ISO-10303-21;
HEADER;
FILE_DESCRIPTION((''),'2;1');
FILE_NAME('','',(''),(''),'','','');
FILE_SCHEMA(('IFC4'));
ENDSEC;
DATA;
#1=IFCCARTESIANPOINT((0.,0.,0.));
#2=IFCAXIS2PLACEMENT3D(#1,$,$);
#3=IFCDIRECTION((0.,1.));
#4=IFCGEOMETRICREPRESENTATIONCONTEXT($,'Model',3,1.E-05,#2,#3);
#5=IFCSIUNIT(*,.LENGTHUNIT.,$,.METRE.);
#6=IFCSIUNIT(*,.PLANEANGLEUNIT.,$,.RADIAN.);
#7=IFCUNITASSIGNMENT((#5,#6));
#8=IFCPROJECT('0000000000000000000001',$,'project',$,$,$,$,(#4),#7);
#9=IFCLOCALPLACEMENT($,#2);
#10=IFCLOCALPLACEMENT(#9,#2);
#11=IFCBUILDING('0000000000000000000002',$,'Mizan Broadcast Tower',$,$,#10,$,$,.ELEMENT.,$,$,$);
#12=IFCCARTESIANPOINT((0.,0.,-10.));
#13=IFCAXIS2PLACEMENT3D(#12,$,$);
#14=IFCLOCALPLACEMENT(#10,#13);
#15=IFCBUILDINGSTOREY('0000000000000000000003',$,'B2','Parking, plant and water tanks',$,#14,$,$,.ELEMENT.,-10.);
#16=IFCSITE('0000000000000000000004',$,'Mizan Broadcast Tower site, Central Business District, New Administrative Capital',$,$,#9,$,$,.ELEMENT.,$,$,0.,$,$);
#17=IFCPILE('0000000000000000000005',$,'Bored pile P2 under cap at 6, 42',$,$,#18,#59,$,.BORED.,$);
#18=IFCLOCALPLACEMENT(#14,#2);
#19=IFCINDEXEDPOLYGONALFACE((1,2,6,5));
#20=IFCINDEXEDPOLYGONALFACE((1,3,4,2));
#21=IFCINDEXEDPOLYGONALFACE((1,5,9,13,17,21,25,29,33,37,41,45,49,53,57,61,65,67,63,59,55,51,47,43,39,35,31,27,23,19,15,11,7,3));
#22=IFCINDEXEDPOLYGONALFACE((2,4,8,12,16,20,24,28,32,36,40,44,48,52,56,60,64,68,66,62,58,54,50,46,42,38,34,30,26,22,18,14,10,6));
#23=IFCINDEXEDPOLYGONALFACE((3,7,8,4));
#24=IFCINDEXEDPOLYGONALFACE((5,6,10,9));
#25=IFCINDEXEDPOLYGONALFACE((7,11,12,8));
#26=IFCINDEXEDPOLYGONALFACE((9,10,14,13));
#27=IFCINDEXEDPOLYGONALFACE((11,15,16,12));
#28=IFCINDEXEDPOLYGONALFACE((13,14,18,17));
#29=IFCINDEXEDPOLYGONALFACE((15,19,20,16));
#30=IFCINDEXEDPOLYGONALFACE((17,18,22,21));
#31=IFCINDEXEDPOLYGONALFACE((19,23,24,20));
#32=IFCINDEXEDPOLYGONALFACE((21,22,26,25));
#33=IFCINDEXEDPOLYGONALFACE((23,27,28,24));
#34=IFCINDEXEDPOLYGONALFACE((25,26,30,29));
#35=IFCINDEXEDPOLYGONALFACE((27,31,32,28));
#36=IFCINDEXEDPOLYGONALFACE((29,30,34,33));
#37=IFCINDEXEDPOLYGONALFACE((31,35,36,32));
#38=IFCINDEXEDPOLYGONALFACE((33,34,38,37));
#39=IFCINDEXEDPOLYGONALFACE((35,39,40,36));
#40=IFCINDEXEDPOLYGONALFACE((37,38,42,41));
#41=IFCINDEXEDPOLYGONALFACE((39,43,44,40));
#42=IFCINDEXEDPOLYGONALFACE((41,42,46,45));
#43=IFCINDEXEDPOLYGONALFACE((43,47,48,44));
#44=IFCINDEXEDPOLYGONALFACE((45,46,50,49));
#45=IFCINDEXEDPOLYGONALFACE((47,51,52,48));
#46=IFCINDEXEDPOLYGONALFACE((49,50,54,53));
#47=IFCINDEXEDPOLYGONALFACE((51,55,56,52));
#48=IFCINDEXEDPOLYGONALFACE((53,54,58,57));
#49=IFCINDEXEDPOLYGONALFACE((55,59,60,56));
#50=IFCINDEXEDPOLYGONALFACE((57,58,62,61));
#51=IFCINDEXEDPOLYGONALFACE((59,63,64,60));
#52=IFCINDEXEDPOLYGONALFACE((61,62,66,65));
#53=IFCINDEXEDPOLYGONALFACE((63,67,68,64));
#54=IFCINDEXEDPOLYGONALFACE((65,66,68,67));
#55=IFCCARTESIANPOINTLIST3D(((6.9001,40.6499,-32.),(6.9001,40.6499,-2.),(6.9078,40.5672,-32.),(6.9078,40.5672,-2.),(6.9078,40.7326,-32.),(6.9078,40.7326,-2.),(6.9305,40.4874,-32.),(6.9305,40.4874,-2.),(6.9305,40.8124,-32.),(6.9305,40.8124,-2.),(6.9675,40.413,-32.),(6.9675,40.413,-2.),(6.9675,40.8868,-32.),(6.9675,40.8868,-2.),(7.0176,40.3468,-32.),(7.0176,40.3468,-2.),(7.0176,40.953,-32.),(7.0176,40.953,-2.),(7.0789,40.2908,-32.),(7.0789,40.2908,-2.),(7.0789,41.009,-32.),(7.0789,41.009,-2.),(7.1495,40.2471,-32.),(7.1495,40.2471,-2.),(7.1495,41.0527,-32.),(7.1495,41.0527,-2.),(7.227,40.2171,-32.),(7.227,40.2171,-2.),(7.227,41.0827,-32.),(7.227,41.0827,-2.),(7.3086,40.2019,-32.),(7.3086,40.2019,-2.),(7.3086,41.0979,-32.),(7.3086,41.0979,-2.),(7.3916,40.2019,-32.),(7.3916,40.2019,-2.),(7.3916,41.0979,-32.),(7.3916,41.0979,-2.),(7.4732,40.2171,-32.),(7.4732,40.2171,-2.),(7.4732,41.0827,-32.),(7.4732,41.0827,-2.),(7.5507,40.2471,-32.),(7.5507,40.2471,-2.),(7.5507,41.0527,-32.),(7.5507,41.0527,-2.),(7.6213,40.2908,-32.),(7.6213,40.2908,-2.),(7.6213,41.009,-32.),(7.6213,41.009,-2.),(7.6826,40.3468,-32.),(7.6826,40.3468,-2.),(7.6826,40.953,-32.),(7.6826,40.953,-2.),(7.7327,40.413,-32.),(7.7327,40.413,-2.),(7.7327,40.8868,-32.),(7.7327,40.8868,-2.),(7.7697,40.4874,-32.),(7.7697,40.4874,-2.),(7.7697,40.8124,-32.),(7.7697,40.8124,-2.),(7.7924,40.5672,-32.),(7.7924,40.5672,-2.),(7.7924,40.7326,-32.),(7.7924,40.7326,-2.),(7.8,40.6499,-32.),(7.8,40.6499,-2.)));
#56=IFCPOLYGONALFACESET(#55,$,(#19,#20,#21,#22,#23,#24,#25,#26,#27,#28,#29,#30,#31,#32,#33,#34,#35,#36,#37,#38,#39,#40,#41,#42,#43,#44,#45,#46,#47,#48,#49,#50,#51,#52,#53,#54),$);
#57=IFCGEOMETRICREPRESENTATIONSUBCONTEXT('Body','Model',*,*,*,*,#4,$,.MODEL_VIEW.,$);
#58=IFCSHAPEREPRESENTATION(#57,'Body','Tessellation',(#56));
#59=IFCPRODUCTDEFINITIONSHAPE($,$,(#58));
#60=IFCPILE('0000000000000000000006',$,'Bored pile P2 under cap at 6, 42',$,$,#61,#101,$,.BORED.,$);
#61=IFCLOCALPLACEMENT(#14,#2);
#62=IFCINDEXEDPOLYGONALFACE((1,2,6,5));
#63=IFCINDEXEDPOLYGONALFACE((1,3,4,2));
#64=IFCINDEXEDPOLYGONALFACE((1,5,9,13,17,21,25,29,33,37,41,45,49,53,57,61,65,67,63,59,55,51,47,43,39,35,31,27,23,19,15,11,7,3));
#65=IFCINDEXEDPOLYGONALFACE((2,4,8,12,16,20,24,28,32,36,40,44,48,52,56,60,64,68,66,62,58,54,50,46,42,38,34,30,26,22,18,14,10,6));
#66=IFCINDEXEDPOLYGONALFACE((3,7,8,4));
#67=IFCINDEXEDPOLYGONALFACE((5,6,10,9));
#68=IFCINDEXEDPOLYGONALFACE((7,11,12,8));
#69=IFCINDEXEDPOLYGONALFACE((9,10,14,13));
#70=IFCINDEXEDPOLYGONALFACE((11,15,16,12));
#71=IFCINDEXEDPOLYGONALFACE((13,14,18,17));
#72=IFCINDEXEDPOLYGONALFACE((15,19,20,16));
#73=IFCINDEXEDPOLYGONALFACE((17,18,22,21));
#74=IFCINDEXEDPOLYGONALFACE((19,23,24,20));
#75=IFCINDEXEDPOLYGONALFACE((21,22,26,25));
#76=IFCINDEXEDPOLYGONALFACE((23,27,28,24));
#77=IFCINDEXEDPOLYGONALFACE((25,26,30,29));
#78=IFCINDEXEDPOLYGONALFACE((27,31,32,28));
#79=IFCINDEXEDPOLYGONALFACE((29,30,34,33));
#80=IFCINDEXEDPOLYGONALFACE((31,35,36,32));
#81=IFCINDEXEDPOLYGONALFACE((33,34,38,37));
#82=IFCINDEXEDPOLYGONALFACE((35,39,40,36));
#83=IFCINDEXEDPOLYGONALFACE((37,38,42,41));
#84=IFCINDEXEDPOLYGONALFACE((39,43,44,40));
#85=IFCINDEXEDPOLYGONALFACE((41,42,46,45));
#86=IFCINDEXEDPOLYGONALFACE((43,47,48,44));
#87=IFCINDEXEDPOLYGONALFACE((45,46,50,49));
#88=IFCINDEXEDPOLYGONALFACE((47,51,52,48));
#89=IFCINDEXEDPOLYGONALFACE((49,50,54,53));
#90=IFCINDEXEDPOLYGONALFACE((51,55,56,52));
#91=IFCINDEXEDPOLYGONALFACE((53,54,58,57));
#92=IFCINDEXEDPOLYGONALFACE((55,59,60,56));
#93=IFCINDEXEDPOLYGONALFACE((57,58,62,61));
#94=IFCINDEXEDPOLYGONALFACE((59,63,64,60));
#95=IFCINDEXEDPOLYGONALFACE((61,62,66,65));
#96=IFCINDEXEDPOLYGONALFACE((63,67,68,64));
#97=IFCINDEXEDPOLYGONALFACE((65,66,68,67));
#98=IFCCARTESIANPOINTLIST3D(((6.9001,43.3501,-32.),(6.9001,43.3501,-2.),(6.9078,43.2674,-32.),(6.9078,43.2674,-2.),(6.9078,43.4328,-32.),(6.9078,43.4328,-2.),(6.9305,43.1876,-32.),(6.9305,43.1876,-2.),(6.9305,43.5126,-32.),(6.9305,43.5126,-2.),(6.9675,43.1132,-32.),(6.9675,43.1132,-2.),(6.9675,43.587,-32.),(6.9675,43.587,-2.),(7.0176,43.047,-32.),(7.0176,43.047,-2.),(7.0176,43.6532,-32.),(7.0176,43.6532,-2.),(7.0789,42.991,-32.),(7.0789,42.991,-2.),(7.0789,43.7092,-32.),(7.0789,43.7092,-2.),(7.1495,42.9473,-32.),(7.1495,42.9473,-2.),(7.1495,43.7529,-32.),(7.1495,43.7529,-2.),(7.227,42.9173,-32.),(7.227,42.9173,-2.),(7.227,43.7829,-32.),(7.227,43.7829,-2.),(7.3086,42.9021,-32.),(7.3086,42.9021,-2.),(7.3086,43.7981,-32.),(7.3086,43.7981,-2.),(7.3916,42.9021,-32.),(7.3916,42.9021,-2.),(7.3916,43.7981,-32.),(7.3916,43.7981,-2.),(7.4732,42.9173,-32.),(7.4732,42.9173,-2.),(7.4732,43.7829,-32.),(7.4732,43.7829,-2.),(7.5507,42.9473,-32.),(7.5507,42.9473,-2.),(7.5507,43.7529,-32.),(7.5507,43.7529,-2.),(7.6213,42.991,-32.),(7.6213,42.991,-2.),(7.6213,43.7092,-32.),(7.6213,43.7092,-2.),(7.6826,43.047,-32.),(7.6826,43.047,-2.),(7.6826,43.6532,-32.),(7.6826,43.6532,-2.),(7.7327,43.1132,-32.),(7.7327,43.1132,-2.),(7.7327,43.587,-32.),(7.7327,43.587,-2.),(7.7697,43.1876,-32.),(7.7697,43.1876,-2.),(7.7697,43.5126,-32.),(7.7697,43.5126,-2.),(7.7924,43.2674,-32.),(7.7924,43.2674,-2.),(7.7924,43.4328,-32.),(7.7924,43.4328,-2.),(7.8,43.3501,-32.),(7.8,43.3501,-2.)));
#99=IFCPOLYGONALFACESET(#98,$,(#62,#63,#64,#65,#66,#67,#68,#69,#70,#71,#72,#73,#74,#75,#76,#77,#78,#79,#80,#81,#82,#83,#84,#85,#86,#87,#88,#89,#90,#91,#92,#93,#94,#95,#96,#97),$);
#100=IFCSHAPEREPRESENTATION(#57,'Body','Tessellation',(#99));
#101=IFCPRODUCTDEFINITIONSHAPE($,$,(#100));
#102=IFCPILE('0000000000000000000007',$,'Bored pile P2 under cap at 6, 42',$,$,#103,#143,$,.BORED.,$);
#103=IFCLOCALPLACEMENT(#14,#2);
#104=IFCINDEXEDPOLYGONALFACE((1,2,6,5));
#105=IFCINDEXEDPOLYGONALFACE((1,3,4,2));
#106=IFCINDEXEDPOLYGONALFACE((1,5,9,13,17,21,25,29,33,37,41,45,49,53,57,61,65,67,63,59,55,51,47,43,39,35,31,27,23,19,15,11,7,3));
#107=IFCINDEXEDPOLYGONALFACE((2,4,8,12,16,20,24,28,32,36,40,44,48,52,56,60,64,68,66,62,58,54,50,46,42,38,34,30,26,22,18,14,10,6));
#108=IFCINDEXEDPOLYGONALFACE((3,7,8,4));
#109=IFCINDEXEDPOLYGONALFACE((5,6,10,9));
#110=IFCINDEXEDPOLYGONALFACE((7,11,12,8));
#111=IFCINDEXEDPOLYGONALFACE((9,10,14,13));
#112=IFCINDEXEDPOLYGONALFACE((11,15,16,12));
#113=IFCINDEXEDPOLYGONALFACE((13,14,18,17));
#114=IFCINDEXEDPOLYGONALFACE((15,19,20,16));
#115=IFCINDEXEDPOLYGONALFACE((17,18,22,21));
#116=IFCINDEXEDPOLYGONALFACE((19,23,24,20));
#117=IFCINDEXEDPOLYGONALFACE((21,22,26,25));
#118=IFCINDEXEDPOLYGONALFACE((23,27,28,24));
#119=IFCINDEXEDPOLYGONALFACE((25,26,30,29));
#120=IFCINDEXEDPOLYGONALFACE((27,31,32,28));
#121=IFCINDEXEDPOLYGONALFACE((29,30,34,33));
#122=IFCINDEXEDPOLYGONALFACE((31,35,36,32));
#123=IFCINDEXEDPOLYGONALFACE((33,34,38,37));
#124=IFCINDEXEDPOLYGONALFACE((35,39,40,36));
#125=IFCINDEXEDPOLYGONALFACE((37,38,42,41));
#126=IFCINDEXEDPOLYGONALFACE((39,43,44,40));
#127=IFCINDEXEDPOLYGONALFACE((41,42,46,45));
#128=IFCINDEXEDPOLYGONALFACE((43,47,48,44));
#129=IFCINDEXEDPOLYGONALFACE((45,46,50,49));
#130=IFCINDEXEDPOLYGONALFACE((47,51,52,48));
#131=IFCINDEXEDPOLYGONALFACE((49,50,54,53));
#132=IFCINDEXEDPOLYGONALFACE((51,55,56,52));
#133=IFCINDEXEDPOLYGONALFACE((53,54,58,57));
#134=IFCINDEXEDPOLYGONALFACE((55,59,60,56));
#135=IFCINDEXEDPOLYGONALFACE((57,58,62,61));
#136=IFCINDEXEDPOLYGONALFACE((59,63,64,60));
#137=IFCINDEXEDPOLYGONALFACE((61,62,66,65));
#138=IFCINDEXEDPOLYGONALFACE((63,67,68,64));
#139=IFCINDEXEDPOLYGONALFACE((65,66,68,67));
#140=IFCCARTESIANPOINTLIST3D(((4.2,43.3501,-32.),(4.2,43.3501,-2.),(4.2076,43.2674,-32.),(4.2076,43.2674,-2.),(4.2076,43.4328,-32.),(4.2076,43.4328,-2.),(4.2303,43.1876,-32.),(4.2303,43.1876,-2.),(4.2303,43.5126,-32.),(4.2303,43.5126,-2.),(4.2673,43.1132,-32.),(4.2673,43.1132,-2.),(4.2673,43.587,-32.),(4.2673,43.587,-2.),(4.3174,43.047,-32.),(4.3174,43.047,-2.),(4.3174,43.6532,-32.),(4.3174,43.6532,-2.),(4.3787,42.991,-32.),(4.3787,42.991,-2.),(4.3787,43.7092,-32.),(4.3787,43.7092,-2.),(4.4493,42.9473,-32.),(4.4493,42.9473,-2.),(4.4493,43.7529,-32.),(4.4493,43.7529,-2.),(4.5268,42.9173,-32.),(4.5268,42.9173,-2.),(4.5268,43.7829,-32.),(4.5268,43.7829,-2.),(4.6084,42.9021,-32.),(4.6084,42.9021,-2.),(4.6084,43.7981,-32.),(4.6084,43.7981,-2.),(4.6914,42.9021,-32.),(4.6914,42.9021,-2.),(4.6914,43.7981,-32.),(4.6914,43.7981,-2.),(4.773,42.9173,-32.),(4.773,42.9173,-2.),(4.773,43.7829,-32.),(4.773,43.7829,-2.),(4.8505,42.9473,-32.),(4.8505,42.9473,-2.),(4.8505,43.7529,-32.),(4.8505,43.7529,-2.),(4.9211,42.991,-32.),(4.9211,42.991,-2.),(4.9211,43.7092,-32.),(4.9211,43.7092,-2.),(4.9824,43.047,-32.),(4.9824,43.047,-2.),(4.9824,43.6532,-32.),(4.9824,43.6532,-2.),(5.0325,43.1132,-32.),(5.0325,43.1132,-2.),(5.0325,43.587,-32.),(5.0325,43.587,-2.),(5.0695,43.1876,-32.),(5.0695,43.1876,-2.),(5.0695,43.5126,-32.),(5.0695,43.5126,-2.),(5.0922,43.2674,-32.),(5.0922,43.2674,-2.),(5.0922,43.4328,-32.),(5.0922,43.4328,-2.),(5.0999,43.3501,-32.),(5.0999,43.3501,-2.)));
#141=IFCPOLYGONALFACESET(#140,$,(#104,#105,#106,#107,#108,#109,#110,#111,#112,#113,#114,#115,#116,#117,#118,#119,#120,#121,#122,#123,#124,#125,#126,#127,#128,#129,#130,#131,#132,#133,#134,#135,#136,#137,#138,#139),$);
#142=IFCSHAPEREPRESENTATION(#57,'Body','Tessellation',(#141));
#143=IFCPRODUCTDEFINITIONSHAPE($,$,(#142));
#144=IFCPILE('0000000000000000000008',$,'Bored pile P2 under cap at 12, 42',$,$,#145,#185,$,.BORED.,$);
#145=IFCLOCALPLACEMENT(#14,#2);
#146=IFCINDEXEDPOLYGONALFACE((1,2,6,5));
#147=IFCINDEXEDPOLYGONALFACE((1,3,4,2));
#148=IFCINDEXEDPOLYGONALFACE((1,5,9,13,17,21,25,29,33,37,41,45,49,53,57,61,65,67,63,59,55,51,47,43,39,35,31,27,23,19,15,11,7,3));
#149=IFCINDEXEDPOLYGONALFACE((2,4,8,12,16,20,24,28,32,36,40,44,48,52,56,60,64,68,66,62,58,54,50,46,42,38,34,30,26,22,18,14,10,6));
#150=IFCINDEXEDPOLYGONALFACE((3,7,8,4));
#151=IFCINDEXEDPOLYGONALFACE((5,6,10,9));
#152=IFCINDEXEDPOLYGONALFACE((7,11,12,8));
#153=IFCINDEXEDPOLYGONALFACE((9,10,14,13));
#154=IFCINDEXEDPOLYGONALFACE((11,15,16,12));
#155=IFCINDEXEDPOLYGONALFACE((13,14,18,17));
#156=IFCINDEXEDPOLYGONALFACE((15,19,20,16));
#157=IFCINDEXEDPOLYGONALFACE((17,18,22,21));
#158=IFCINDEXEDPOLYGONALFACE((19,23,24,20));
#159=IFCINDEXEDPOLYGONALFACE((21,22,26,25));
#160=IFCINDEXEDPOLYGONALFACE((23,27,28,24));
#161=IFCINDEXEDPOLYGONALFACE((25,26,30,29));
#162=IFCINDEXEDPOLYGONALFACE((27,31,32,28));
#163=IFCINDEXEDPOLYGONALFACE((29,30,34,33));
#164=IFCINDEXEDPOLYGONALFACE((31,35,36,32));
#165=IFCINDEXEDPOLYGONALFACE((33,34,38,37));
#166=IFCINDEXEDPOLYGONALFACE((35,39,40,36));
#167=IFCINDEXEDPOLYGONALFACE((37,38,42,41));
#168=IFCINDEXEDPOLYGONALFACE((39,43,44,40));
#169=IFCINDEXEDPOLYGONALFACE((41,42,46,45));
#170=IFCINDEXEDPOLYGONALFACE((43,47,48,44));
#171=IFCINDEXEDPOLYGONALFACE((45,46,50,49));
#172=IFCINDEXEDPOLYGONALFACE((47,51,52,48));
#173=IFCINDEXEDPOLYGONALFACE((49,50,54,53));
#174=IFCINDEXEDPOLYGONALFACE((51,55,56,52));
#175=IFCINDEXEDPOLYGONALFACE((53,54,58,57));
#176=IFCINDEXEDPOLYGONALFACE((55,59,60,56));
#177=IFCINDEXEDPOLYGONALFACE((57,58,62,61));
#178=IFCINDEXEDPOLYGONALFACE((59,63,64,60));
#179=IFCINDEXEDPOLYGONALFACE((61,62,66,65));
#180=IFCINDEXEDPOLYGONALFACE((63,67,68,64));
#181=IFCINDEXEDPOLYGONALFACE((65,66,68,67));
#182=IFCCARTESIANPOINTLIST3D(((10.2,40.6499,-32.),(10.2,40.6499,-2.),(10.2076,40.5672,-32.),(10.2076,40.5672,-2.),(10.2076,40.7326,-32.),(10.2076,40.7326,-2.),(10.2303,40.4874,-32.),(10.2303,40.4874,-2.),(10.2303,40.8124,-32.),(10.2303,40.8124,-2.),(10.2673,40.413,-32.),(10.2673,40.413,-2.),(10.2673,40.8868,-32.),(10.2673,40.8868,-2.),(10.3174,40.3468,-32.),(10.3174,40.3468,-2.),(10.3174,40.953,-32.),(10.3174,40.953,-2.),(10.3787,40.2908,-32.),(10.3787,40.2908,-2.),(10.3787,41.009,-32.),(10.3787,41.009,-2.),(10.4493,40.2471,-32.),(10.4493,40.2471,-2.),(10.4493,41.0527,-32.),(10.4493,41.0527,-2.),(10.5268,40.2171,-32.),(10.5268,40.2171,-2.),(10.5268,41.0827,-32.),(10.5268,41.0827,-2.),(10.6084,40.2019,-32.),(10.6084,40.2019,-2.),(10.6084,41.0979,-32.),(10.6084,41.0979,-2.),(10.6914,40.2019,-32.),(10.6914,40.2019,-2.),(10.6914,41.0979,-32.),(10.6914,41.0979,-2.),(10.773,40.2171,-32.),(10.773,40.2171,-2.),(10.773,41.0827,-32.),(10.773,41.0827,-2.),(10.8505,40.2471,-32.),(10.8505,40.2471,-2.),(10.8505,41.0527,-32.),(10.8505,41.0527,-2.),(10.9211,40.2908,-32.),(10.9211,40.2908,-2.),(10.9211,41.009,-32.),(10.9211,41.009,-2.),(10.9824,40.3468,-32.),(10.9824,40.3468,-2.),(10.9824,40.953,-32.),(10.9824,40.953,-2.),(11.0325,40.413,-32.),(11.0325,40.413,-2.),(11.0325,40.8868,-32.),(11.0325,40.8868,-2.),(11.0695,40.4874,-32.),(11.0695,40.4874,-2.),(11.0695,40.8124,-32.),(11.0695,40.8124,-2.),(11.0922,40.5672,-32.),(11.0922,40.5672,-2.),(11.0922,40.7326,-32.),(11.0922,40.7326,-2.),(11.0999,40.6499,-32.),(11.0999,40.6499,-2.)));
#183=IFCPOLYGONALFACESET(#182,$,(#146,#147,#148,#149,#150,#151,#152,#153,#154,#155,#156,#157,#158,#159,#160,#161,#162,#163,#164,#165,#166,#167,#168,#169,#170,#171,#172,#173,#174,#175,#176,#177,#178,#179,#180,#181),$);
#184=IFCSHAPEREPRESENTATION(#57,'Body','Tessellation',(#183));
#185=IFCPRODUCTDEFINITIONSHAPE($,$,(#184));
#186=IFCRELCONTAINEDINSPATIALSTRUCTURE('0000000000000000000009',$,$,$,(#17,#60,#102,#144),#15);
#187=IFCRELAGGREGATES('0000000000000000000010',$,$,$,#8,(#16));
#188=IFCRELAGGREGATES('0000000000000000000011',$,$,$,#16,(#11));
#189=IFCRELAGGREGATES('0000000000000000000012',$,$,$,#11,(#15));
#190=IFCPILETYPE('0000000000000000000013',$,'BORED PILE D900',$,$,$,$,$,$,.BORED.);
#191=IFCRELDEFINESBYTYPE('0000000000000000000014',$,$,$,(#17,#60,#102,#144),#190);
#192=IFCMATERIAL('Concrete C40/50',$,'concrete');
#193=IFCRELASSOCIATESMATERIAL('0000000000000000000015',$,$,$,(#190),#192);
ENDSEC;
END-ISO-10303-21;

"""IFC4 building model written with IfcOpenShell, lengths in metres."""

from ifc_helpers import new_model, si_unit, direction, frame, origin, origin_2d, place, context, subcontext, project, spatial, circle, extrude, material, material_profile, profile_set, type_object, element, save


model = new_model("IFC4")

# Units and contexts
model_context = context("Model", 3, precision=1e-05, world=origin(), true_north=direction((0.0, 1.0)))
body_context = subcontext(model_context, "Body", "Model", "MODEL_VIEW")
ifc_project = project(units=[si_unit("LENGTHUNIT", "METRE"), si_unit("PLANEANGLEUNIT", "RADIAN")], contexts=[model_context])

# Site, building, storey
site_placement = place(None, origin())
site = spatial("IfcSite", under=ifc_project, at=site_placement, Name="Mizan Broadcast Tower site, Central Business District, New Administrative Capital", CompositionType="ELEMENT", RefElevation=0.0)
building_placement = place(site_placement, origin())
building = spatial("IfcBuilding", under=site, at=building_placement, Name="Mizan Broadcast Tower", CompositionType="ELEMENT")
storey_placement = place(building_placement, frame((0.0, 0.0, -10.0)))
storey = spatial("IfcBuildingStorey", under=building, at=storey_placement, Name="B2", Description="Parking, plant and water tanks", CompositionType="ELEMENT", Elevation=-10.0)

# Piles
ifc_material_1 = material(Name="Concrete C40/50", Category="concrete")
ifc_material_profile_1 = material_profile(ifc_material_1, circle(Radius=0.45, at=origin_2d()), Name="D900")
ifc_profile_set_1 = profile_set([ifc_material_profile_1], Name="Concrete C40/50")
pile_type_1 = type_object("IfcPileType", Name="BORED PILE D900", PredefinedType="BORED", material=ifc_profile_set_1)
for number, where, z_axis, x_axis, name in (
    (1, (7.3501, 40.6499, -2.0), (0.0, 0.0, -1.0), (1.0, 0.0, 0.0), "Bored pile P2 under cap at 6, 42"),
    (2, (7.3501, 43.3501, -2.0), (0.0, 0.0, -1.0), (1.0, 0.0, 0.0), "Bored pile P2 under cap at 6, 42"),
    (3, (4.6499, 43.3501, -2.0), (0.0, 0.0, -1.0), (1.0, 0.0, 0.0), "Bored pile P2 under cap at 6, 42"),
    (4, (10.6499, 40.6499, -2.0), (0.0, 0.0, -1.0), (1.0, 0.0, 0.0), "Bored pile P2 under cap at 12, 42"),
):
    element("IfcPile", number, at=place(storey_placement, frame(where, z_axis=z_axis, x_axis=x_axis)), inside=storey, type_object=pile_type_1, Name=name, PredefinedType="BORED", context=body_context, shape_type="SweptSolid", body=[
        extrude(circle(Radius=0.45, at=origin_2d()), origin(), (0.0, 0.0, 1.0), 30.0),
    ])

save(model, "model.ifc")
